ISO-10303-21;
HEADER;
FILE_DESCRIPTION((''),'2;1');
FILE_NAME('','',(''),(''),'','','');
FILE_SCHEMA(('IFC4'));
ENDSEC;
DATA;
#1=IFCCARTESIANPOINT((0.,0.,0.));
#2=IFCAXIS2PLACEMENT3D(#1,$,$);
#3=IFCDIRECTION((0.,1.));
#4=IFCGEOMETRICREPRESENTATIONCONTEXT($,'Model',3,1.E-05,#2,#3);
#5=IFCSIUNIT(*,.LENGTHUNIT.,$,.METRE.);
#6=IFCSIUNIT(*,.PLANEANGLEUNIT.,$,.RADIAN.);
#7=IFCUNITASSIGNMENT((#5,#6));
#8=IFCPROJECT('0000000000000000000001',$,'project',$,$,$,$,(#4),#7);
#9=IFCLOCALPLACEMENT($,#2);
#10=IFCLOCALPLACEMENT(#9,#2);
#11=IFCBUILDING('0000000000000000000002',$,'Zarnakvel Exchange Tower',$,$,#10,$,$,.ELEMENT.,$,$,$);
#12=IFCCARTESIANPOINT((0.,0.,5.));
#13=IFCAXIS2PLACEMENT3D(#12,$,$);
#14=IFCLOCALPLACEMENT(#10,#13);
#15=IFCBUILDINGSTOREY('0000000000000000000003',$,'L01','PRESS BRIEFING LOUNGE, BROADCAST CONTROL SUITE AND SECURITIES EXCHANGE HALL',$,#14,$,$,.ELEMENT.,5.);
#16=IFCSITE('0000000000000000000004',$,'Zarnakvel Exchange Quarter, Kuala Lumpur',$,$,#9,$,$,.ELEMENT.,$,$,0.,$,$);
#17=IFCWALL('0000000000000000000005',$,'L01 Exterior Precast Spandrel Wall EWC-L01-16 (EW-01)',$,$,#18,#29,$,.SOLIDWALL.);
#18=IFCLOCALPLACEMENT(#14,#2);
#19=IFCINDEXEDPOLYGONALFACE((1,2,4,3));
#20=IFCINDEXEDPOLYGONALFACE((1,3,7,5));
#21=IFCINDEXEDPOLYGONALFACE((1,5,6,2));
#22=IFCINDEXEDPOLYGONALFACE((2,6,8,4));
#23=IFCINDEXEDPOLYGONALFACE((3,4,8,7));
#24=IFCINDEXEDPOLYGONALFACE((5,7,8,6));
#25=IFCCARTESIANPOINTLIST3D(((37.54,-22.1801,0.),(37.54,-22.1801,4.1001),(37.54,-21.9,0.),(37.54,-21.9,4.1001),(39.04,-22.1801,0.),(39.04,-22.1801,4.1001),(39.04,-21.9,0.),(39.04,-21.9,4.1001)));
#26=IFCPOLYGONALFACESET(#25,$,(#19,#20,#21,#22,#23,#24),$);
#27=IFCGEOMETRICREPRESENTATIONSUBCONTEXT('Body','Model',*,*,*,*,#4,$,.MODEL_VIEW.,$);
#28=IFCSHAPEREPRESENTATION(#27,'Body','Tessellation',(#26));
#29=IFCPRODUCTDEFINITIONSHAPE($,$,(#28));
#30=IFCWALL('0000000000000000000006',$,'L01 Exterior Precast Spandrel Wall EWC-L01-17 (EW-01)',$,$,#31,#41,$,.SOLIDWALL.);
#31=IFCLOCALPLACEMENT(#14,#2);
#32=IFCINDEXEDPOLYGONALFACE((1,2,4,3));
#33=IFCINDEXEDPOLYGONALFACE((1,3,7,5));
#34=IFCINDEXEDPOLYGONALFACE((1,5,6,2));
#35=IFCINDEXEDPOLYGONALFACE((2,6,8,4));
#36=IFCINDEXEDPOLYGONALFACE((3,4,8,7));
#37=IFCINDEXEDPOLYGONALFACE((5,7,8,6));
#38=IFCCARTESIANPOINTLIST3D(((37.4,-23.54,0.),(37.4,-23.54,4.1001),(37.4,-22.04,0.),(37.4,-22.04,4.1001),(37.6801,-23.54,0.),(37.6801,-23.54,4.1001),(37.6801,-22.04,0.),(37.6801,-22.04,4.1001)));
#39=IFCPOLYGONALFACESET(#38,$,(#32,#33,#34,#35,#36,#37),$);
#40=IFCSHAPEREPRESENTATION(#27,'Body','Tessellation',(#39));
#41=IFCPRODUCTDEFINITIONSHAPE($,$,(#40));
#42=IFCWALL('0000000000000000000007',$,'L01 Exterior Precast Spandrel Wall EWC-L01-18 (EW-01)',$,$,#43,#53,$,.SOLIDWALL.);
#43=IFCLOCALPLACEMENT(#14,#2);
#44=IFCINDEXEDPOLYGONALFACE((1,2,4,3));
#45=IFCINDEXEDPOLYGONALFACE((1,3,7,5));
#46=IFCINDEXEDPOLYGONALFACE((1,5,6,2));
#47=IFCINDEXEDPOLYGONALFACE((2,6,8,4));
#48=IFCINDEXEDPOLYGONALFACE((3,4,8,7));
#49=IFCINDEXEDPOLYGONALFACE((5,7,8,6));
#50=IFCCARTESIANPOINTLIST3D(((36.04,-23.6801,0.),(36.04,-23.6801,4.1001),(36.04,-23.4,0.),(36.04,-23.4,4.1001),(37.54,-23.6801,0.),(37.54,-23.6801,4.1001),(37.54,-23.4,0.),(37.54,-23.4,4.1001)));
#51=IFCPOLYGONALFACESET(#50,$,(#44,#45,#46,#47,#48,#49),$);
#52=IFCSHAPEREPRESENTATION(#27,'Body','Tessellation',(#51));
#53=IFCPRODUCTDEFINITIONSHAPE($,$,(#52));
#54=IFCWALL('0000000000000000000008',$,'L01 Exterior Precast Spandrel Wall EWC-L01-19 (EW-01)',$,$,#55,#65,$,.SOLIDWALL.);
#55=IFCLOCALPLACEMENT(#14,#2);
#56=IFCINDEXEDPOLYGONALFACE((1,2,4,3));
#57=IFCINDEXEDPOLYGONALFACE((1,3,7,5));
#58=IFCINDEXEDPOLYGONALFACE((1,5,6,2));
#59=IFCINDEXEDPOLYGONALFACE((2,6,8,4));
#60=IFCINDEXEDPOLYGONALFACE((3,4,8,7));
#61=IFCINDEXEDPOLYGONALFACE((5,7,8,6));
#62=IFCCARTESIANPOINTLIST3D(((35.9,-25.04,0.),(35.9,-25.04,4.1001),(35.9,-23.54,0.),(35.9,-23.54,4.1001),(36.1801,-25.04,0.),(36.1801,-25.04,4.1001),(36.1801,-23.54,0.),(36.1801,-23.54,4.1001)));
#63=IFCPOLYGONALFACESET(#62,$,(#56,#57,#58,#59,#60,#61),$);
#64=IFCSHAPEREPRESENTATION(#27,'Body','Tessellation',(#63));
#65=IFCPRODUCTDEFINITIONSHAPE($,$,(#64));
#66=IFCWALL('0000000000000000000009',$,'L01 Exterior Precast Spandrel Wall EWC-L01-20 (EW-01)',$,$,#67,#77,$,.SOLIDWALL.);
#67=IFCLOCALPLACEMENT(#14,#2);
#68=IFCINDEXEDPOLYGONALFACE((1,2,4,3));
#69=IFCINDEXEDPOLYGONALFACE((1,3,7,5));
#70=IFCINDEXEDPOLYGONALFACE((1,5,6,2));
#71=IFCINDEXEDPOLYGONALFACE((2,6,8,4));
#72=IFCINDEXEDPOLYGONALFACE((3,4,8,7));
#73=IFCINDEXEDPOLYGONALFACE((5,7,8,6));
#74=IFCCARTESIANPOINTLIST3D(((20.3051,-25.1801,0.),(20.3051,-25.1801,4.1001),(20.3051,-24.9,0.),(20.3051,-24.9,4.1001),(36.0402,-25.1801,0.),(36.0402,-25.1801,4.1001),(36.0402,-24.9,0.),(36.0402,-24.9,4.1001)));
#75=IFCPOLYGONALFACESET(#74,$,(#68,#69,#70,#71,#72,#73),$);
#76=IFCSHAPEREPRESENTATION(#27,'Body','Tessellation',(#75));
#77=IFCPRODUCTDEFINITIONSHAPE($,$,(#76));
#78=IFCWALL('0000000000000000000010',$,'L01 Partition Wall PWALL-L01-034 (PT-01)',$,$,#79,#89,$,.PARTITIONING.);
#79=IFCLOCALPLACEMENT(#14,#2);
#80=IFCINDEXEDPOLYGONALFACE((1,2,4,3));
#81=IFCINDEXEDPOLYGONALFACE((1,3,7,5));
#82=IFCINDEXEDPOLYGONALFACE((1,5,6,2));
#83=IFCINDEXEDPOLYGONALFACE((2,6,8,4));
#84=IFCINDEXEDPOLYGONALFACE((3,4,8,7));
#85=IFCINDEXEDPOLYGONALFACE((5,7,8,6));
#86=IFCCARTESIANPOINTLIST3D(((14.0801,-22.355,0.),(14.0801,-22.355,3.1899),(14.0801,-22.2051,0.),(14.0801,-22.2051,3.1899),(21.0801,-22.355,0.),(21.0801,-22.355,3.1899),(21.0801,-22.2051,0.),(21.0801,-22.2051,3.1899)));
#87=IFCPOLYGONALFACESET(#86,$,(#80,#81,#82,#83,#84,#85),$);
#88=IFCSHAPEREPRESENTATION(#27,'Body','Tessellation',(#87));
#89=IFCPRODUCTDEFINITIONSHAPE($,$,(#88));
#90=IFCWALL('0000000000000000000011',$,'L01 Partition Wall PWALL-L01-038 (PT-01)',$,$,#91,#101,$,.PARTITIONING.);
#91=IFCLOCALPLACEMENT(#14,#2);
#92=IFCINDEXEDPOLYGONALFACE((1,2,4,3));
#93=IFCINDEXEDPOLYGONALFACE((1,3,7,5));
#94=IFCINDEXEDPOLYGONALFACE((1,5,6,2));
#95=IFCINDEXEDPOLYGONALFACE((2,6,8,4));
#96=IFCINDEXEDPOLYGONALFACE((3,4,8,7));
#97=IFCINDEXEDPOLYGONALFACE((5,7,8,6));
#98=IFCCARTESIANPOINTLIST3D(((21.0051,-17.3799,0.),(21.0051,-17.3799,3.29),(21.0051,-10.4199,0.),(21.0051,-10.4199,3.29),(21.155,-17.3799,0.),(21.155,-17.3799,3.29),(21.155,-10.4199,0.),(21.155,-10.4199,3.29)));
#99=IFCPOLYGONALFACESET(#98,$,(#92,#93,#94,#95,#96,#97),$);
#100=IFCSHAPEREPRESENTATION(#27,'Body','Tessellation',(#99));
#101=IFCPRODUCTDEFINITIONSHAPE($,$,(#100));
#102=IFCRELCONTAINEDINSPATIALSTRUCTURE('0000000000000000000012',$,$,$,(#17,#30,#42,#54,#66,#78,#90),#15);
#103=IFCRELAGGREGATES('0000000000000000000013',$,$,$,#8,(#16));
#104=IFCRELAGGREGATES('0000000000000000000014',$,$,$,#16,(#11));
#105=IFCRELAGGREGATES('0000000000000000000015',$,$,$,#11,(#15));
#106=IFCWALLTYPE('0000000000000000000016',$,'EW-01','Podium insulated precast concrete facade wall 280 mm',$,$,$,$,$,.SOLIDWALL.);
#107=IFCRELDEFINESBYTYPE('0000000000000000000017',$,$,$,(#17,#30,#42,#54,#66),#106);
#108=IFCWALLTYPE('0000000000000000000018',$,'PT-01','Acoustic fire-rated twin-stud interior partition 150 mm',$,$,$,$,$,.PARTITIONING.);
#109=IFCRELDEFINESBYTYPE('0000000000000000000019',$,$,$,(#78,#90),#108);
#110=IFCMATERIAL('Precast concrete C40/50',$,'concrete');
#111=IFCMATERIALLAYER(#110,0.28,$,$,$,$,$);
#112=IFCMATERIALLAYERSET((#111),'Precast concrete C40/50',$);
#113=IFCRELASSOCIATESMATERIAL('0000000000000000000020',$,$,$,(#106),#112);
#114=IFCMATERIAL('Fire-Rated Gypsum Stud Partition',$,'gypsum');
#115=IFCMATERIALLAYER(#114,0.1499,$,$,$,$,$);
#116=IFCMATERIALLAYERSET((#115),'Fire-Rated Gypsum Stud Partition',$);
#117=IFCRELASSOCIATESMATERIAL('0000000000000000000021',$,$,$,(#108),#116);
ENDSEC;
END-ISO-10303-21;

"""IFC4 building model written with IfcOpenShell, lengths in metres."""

from ifc_helpers import new_model, si_unit, direction, frame, frame_2d, origin, place, context, subcontext, project, spatial, rectangle, extrude, material, layer, layer_set, type_object, element, save


model = new_model("IFC4")

# Units and contexts
model_context = context("Model", 3, precision=1e-05, world=origin(), true_north=direction((0.0, 1.0)))
body_context = subcontext(model_context, "Body", "Model", "MODEL_VIEW")
ifc_project = project(units=[si_unit("LENGTHUNIT", "METRE"), si_unit("PLANEANGLEUNIT", "RADIAN")], contexts=[model_context])

# Site, building, storey
site_placement = place(None, origin())
site = spatial("IfcSite", under=ifc_project, at=site_placement, Name="Zarnakvel Exchange Quarter, Kuala Lumpur", CompositionType="ELEMENT", RefElevation=0.0)
building_placement = place(site_placement, origin())
building = spatial("IfcBuilding", under=site, at=building_placement, Name="Zarnakvel Exchange Tower", CompositionType="ELEMENT")
storey_placement = place(building_placement, frame((0.0, 0.0, 5.0)))
storey = spatial("IfcBuildingStorey", under=building, at=storey_placement, Name="L01", Description="PRESS BRIEFING LOUNGE, BROADCAST CONTROL SUITE AND SECURITIES EXCHANGE HALL", CompositionType="ELEMENT", Elevation=5.0)

# Walls
ifc_material_1 = material(Name="Precast concrete C40/50", Category="concrete")
ifc_layer_1 = layer(ifc_material_1, 0.28)
ifc_layer_set_1 = layer_set([ifc_layer_1], Name="Precast concrete C40/50")
wall_type_1 = type_object("IfcWallType", Name="EW-01", Description="Podium insulated precast concrete facade wall 280 mm", PredefinedType="SOLIDWALL", material=ifc_layer_set_1)
for number, where, z_axis, x_axis, name in (
    (1, (37.54, -22.04, 0.0), (0.0, 0.0, 1.0), (1.0, 0.0, 0.0), "L01 Exterior Precast Spandrel Wall EWC-L01-16 (EW-01)"),
    (2, (37.54, -23.54, 0.0), (0.0, 0.0, 1.0), (0.0, 1.0, 0.0), "L01 Exterior Precast Spandrel Wall EWC-L01-17 (EW-01)"),
    (3, (36.04, -23.54, 0.0), (0.0, 0.0, 1.0), (1.0, 0.0, 0.0), "L01 Exterior Precast Spandrel Wall EWC-L01-18 (EW-01)"),
    (4, (36.04, -25.04, 0.0), (0.0, 0.0, 1.0), (0.0, 1.0, 0.0), "L01 Exterior Precast Spandrel Wall EWC-L01-19 (EW-01)"),
):
    element("IfcWall", number, at=place(storey_placement, frame(where, z_axis=z_axis, x_axis=x_axis)), inside=storey, type_object=wall_type_1, Name=name, PredefinedType="SOLIDWALL", context=body_context, shape_type="SweptSolid", body=[
        extrude(rectangle(XDim=1.5, YDim=0.28, at=frame_2d((0.75, 0.0))), origin(), (0.0, 0.0, 1.0), 4.1001),
    ])
wall_1_placement = place(storey_placement, frame((20.3049, -25.04, 0.0), z_axis=(0.0, 0.0, 1.0), x_axis=(1.0, 0.0, 0.0)))
element("IfcWall", 5, at=wall_1_placement, inside=storey, type_object=wall_type_1, Name="L01 Exterior Precast Spandrel Wall EWC-L01-20 (EW-01)", PredefinedType="SOLIDWALL", context=body_context, shape_type="SweptSolid", body=[
    extrude(rectangle(XDim=15.7351, YDim=0.28, at=frame_2d((7.8677, 0.0))), origin(), (0.0, 0.0, 1.0), 4.1001),
])
ifc_material_2 = material(Name="Fire-Rated Gypsum Stud Partition", Category="gypsum")
ifc_layer_2 = layer(ifc_material_2, 0.1499)
ifc_layer_set_2 = layer_set([ifc_layer_2], Name="Fire-Rated Gypsum Stud Partition")
wall_type_2 = type_object("IfcWallType", Name="PT-01", Description="Acoustic fire-rated twin-stud interior partition 150 mm", PredefinedType="PARTITIONING", material=ifc_layer_set_2)
wall_2_placement = place(storey_placement, frame((21.0801, -22.28, 0.0), z_axis=(0.0, 0.0, 1.0), x_axis=(-1.0, 0.0, 0.0)))
element("IfcWall", 6, at=wall_2_placement, inside=storey, type_object=wall_type_2, Name="L01 Partition Wall PWALL-L01-034 (PT-01)", PredefinedType="PARTITIONING", context=body_context, shape_type="SweptSolid", body=[
    extrude(rectangle(XDim=7.0, YDim=0.1499, at=frame_2d((3.5, 0.0))), origin(), (0.0, 0.0, 1.0), 3.1899),
])
wall_3_placement = place(storey_placement, frame((21.0801, -10.4199, 0.0), z_axis=(0.0, 0.0, 1.0), x_axis=(0.0, -1.0, 0.0)))
element("IfcWall", 7, at=wall_3_placement, inside=storey, type_object=wall_type_2, Name="L01 Partition Wall PWALL-L01-038 (PT-01)", PredefinedType="PARTITIONING", context=body_context, shape_type="SweptSolid", body=[
    extrude(rectangle(XDim=6.96, YDim=0.1499, at=frame_2d((3.48, 0.0))), origin(), (0.0, 0.0, 1.0), 3.29),
])

save(model, "model.ifc")
